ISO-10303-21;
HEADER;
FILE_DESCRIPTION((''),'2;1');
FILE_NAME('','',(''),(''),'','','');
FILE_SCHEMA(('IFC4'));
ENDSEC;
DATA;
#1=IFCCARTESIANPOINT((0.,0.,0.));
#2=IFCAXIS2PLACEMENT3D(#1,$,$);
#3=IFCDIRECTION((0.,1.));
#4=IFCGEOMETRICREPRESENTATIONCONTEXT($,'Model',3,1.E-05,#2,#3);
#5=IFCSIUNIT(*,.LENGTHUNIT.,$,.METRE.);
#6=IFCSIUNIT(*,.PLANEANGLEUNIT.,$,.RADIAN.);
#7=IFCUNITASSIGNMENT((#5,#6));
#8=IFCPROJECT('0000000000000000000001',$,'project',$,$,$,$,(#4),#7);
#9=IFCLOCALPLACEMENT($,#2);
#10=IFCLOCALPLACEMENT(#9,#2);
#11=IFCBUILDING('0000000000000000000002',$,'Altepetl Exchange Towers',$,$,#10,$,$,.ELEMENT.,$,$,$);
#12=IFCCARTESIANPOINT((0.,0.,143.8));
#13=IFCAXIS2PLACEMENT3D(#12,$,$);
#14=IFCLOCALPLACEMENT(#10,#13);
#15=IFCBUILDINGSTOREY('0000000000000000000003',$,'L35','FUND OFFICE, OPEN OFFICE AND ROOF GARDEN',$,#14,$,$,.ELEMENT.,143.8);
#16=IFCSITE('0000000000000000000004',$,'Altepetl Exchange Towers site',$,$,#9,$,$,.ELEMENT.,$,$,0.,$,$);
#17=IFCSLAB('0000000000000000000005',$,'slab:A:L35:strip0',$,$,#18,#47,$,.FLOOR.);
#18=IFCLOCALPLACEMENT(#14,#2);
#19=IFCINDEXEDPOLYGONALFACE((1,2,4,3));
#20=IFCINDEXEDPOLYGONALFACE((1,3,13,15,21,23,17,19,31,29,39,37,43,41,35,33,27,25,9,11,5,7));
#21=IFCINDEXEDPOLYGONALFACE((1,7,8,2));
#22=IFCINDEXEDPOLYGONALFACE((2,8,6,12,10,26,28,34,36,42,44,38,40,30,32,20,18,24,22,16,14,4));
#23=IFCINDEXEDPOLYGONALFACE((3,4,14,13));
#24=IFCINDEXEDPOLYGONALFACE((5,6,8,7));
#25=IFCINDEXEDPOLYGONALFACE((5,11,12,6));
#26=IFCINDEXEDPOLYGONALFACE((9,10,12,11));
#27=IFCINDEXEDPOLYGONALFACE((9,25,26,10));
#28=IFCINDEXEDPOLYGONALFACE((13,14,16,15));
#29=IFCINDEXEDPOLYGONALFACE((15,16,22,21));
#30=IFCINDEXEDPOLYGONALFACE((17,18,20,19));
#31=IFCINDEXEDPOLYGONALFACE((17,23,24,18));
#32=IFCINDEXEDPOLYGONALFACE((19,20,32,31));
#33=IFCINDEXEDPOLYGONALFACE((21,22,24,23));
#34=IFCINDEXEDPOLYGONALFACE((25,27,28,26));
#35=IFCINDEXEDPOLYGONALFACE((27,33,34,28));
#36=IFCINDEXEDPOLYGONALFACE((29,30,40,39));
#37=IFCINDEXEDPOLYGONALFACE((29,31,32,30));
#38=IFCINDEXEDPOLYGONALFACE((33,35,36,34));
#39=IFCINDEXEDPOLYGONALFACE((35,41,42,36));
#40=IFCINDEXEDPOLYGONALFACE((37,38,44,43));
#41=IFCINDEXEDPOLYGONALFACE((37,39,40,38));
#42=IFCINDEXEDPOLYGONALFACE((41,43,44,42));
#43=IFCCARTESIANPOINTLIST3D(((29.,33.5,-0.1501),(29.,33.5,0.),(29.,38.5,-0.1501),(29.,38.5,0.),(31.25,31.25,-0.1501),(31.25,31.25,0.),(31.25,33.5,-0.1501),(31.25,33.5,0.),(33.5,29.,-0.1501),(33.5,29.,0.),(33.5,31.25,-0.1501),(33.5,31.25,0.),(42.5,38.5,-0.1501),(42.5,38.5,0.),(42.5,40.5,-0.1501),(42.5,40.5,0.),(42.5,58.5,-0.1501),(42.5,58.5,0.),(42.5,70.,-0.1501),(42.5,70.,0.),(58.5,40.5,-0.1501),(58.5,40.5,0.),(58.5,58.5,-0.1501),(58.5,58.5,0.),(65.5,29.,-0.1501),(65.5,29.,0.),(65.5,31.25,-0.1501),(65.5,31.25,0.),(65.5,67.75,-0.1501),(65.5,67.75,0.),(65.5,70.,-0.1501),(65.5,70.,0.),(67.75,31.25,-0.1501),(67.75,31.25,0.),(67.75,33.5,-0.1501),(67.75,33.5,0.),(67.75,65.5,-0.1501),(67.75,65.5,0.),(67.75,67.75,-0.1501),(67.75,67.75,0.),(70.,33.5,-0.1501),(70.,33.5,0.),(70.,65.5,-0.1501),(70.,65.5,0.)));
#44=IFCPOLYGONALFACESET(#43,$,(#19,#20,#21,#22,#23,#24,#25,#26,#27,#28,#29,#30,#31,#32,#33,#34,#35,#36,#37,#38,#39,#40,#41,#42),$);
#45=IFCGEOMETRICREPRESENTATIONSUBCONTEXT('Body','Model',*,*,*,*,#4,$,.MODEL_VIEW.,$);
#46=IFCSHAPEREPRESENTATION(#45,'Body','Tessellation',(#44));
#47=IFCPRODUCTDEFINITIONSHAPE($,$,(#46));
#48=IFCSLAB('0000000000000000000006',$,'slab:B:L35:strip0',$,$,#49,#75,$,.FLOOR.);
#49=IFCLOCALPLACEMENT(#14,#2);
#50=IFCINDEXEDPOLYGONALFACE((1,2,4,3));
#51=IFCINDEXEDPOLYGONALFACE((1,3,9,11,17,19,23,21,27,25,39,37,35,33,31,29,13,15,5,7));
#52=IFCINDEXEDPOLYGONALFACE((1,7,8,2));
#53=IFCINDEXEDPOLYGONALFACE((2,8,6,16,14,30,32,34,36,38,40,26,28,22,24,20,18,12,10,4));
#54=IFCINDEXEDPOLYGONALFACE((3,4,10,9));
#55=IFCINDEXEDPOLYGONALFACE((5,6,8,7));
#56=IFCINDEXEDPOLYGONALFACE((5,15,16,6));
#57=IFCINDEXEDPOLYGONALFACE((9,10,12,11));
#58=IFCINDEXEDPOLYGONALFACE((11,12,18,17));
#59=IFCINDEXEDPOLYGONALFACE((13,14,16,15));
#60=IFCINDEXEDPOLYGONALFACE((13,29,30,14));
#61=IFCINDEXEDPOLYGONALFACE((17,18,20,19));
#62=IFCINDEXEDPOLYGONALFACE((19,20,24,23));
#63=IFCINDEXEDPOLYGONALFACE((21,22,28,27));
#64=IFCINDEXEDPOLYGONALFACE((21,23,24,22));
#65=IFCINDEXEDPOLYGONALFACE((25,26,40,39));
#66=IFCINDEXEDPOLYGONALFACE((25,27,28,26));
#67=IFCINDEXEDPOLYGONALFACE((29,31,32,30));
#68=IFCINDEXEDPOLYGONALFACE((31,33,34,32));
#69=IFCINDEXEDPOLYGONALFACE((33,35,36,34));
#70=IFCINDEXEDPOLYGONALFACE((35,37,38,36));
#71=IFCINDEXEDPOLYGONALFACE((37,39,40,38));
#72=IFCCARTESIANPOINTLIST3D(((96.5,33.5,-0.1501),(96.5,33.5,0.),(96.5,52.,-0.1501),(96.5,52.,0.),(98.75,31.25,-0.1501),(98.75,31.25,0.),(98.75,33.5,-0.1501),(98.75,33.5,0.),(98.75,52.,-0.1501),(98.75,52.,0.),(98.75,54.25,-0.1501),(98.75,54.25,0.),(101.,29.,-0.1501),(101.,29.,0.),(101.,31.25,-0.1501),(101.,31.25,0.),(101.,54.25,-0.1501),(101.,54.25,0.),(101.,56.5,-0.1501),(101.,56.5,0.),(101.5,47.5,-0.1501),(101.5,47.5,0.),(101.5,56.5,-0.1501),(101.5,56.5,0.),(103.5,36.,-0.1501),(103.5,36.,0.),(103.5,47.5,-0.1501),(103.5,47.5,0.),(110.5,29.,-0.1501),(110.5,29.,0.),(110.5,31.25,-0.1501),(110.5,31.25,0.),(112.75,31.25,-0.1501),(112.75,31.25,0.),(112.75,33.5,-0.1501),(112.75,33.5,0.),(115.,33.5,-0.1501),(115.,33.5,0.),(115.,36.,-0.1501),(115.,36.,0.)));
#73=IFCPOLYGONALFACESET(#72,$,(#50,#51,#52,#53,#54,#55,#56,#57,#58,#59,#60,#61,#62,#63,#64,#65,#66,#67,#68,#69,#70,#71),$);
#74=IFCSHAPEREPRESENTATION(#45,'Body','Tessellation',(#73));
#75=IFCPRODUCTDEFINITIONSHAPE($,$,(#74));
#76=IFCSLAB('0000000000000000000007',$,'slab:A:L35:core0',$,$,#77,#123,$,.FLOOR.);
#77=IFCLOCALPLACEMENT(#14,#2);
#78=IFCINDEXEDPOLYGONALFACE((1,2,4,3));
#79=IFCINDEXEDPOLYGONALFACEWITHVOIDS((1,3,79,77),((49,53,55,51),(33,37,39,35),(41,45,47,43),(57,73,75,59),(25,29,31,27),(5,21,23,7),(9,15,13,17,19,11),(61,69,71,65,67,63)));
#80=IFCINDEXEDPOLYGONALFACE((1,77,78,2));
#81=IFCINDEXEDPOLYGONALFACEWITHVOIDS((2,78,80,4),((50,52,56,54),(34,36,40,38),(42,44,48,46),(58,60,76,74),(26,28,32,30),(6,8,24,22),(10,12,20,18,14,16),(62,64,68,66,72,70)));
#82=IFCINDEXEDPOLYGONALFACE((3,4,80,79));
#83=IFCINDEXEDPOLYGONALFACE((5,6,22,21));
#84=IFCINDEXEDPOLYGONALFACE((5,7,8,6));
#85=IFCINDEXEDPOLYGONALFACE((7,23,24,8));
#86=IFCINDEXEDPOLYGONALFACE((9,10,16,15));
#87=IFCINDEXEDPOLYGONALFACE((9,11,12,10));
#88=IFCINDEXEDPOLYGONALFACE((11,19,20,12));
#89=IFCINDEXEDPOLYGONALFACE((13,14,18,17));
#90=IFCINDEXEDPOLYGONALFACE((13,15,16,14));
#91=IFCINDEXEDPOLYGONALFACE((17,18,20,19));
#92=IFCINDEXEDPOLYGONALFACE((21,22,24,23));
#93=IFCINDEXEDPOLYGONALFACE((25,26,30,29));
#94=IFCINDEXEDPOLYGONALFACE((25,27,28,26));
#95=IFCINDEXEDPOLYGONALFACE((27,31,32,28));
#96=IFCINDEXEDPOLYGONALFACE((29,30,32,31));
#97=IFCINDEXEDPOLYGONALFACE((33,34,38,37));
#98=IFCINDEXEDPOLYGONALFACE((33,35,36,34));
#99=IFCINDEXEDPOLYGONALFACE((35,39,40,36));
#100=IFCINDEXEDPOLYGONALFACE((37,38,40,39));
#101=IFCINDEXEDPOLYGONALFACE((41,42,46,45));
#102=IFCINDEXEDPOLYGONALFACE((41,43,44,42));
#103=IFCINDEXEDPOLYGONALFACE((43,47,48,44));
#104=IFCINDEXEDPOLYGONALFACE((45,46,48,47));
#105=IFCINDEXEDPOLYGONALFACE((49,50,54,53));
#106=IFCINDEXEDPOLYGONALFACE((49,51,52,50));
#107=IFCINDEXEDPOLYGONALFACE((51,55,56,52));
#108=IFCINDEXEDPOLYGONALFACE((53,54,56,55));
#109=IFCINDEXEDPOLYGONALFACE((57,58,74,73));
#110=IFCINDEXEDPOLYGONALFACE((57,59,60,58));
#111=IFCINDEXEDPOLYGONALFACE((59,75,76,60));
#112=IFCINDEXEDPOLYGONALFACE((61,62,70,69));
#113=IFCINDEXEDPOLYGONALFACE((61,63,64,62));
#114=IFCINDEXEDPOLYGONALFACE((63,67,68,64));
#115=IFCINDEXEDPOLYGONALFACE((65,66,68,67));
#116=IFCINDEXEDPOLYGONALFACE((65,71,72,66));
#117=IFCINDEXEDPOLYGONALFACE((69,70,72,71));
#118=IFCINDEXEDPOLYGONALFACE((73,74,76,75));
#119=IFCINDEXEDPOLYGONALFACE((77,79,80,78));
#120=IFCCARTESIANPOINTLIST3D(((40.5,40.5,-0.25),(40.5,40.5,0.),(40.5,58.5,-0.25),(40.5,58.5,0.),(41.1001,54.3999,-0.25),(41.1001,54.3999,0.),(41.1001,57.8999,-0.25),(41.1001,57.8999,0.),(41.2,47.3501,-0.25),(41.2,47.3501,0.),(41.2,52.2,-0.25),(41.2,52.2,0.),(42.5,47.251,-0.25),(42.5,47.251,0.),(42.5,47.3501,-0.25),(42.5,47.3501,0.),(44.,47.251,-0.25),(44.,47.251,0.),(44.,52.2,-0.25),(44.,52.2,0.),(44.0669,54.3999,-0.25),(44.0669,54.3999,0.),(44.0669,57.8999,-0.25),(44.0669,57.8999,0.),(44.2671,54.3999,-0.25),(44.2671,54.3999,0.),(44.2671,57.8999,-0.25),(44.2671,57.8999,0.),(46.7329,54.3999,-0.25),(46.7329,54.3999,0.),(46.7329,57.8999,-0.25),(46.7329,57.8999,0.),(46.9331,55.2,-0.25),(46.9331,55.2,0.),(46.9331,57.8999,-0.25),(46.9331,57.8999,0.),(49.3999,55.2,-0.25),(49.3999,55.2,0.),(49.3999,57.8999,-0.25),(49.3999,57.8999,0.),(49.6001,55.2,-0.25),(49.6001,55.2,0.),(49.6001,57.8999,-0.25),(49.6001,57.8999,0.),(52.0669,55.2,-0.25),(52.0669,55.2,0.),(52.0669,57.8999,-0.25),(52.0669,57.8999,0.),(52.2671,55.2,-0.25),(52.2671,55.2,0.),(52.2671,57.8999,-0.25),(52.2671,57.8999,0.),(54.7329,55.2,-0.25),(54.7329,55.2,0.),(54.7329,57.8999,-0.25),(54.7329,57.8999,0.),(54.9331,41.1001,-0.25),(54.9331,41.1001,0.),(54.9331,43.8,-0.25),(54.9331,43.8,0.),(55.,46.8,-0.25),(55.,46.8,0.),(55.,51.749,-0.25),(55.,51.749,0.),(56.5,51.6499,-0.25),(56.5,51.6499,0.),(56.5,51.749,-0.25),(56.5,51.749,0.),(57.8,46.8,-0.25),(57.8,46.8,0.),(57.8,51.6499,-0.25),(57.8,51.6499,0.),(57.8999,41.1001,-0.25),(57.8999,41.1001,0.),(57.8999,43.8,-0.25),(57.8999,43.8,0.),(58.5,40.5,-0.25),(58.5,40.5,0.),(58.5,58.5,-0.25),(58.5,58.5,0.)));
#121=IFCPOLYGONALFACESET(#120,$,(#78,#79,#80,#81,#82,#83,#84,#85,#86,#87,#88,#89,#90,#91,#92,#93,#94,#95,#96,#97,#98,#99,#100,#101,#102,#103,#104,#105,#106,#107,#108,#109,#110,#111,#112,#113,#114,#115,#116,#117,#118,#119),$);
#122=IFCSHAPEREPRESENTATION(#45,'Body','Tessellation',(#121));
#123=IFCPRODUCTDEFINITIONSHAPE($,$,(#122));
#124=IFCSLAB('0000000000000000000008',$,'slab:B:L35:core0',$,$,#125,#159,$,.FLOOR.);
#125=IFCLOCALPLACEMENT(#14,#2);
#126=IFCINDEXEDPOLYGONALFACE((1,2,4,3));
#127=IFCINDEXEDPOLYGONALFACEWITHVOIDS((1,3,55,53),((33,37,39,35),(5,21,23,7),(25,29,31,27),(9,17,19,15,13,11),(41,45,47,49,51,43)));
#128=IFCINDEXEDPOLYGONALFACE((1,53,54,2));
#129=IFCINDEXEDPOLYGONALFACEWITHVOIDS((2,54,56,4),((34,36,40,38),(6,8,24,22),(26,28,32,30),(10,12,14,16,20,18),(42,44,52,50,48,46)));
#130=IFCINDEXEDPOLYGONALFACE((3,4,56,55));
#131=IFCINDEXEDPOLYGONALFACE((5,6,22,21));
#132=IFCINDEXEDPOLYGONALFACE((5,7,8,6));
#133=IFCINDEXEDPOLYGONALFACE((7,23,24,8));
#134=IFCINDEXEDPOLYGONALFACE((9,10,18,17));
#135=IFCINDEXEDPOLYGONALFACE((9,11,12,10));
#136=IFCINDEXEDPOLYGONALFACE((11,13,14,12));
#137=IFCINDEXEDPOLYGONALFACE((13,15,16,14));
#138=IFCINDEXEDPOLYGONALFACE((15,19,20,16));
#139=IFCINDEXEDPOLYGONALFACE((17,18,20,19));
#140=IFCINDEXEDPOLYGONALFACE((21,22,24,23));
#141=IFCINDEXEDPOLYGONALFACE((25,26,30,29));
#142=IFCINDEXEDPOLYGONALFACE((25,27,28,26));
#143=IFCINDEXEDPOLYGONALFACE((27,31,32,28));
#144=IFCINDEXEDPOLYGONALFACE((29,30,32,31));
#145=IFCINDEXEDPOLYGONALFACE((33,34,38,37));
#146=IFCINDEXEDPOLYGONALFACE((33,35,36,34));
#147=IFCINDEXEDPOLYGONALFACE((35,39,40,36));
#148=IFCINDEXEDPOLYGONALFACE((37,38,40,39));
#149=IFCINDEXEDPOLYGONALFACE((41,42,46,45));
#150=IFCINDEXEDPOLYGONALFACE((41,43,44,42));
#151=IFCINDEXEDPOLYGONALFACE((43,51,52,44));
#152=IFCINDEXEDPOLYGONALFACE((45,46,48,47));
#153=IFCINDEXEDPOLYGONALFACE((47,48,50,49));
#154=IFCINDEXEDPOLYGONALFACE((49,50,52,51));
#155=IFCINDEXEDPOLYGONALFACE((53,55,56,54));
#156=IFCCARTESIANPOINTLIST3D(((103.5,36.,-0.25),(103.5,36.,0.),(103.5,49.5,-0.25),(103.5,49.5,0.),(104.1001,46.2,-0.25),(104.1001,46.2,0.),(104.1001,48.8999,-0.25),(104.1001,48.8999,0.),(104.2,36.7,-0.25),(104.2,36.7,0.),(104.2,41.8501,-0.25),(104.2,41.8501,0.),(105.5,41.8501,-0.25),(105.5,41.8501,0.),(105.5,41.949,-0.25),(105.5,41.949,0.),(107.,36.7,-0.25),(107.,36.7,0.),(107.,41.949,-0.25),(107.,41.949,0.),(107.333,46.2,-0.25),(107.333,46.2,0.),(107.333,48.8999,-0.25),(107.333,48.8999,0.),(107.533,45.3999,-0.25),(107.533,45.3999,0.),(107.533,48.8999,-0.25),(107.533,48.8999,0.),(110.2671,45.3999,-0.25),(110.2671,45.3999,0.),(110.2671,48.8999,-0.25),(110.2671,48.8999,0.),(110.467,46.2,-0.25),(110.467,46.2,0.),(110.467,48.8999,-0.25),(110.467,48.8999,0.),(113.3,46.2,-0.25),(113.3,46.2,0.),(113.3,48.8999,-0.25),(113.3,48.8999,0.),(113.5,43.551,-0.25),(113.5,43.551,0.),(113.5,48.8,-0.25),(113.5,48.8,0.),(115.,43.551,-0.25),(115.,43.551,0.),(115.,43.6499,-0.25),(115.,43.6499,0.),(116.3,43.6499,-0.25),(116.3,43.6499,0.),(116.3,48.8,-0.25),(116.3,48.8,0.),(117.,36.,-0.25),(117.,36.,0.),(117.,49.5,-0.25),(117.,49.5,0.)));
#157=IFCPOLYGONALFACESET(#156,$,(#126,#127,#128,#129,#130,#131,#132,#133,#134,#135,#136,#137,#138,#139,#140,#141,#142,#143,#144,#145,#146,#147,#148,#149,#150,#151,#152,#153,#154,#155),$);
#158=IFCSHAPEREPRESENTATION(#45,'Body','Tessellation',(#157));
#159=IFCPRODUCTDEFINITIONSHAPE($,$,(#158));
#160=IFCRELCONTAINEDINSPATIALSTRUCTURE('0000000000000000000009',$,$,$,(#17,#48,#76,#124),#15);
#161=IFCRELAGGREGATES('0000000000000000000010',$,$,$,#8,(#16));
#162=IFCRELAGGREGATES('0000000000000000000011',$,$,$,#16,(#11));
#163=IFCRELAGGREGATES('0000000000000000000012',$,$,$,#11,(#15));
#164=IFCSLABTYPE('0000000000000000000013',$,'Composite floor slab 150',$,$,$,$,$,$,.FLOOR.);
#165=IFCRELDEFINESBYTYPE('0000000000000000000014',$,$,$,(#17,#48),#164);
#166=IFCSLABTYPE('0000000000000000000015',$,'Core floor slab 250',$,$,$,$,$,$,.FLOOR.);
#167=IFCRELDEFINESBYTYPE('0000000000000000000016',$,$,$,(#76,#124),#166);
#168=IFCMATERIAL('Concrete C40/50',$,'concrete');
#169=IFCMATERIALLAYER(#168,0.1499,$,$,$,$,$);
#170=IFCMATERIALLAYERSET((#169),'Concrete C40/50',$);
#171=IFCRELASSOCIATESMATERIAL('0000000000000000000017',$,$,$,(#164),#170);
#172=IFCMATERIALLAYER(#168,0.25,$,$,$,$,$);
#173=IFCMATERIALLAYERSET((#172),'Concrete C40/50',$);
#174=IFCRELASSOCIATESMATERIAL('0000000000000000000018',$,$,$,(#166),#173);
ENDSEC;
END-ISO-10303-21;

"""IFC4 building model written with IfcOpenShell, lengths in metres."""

from ifc_helpers import new_model, si_unit, direction, frame, origin, place, context, subcontext, project, spatial, polyline, outline, extrude, material, layer, layer_set, type_object, element, save


model = new_model("IFC4")

# Units and contexts
model_context = context("Model", 3, precision=1e-05, world=origin(), true_north=direction((0.0, 1.0)))
body_context = subcontext(model_context, "Body", "Model", "MODEL_VIEW")
ifc_project = project(units=[si_unit("LENGTHUNIT", "METRE"), si_unit("PLANEANGLEUNIT", "RADIAN")], contexts=[model_context])

# Site, building, storey
site_placement = place(None, origin())
site = spatial("IfcSite", under=ifc_project, at=site_placement, Name="Altepetl Exchange Towers site", CompositionType="ELEMENT", RefElevation=0.0)
building_placement = place(site_placement, origin())
building = spatial("IfcBuilding", under=site, at=building_placement, Name="Altepetl Exchange Towers", CompositionType="ELEMENT")
storey_placement = place(building_placement, frame((0.0, 0.0, 143.8)))
storey = spatial("IfcBuildingStorey", under=building, at=storey_placement, Name="L35", Description="FUND OFFICE, OPEN OFFICE AND ROOF GARDEN", CompositionType="ELEMENT", Elevation=143.8)

# Slabs
ifc_material_1 = material(Name="Concrete C40/50", Category="concrete")
ifc_layer_1 = layer(ifc_material_1, 0.1499)
ifc_layer_set_1 = layer_set([ifc_layer_1], Name="Concrete C40/50")
slab_type_1 = type_object("IfcSlabType", Name="Composite floor slab 150", PredefinedType="FLOOR", material=ifc_layer_set_1)
slab_1_placement = place(storey_placement, frame((0.0, 0.0, -0.1501)))
element("IfcSlab", 1, at=slab_1_placement, inside=storey, type_object=slab_type_1, Name="slab:A:L35:strip0", PredefinedType="FLOOR", context=body_context, shape_type="SweptSolid", body=[
    extrude(outline(polyline([(42.5, 70.0), (42.5, 58.5), (58.5, 58.5), (58.5, 40.5), (42.5, 40.5), (42.5, 38.5), (29.0, 38.5), (29.0, 33.5), (31.25, 33.5), (31.25, 31.25), (33.5, 31.25), (33.5, 29.0), (65.5, 29.0), (65.5, 31.25), (67.75, 31.25), (67.75, 33.5), (70.0, 33.5), (70.0, 65.5), (67.75, 65.5), (67.75, 67.75), (65.5, 67.75), (65.5, 70.0), (42.5, 70.0)])), origin(), (0.0, 0.0, 1.0), 0.1501),
])
slab_2_placement = place(storey_placement, frame((0.0, 0.0, -0.1501)))
element("IfcSlab", 2, at=slab_2_placement, inside=storey, type_object=slab_type_1, Name="slab:B:L35:strip0", PredefinedType="FLOOR", context=body_context, shape_type="SweptSolid", body=[
    extrude(outline(polyline([(98.75, 31.25), (101.0, 31.25), (101.0, 29.0), (110.5, 29.0), (110.5, 31.25), (112.75, 31.25), (112.75, 33.5), (115.0, 33.5), (115.0, 36.0), (103.5, 36.0), (103.5, 47.5), (101.5, 47.5), (101.5, 56.5), (101.0, 56.5), (101.0, 54.25), (98.75, 54.25), (98.75, 52.0), (96.5, 52.0), (96.5, 33.5), (98.75, 33.5), (98.75, 31.25)])), origin(), (0.0, 0.0, 1.0), 0.1501),
])
ifc_layer_2 = layer(ifc_material_1, 0.25)
ifc_layer_set_2 = layer_set([ifc_layer_2], Name="Concrete C40/50")
slab_type_2 = type_object("IfcSlabType", Name="Core floor slab 250", PredefinedType="FLOOR", material=ifc_layer_set_2)
slab_3_placement = place(storey_placement, frame((0.0, 0.0, -0.25)))
element("IfcSlab", 3, at=slab_3_placement, inside=storey, type_object=slab_type_2, Name="slab:A:L35:core0", PredefinedType="FLOOR", context=body_context, shape_type="SweptSolid", body=[
    extrude(outline(polyline([(40.5, 40.5), (58.5, 40.5), (58.5, 58.5), (40.5, 58.5), (40.5, 40.5)]), holes=[polyline([(54.9331, 43.8), (57.8999, 43.8), (57.8999, 41.1001), (54.9331, 41.1001), (54.9331, 43.8)]), polyline([(55.0, 51.749), (56.5, 51.749), (56.5, 51.6499), (57.8, 51.6499), (57.8, 46.8), (55.0, 46.8), (55.0, 51.749)]), polyline([(44.0, 47.251), (42.5, 47.251), (42.5, 47.3501), (41.2, 47.3501), (41.2, 52.2), (44.0, 52.2), (44.0, 47.251)]), polyline([(41.1001, 57.8999), (44.0669, 57.8999), (44.0669, 54.3999), (41.1001, 54.3999), (41.1001, 57.8999)]), polyline([(44.2671, 57.8999), (46.7329, 57.8999), (46.7329, 54.3999), (44.2671, 54.3999), (44.2671, 57.8999)]), polyline([(46.9331, 57.8999), (49.3999, 57.8999), (49.3999, 55.2), (46.9331, 55.2), (46.9331, 57.8999)]), polyline([(49.6001, 57.8999), (52.0669, 57.8999), (52.0669, 55.2), (49.6001, 55.2), (49.6001, 57.8999)]), polyline([(52.2671, 57.8999), (54.7329, 57.8999), (54.7329, 55.2), (52.2671, 55.2), (52.2671, 57.8999)])]), origin(), (0.0, 0.0, 1.0), 0.25),
])
slab_4_placement = place(storey_placement, frame((0.0, 0.0, -0.25)))
element("IfcSlab", 4, at=slab_4_placement, inside=storey, type_object=slab_type_2, Name="slab:B:L35:core0", PredefinedType="FLOOR", context=body_context, shape_type="SweptSolid", body=[
    extrude(outline(polyline([(103.5, 36.0), (117.0, 36.0), (117.0, 49.5), (103.5, 49.5), (103.5, 36.0)]), holes=[polyline([(107.0, 36.7), (104.2, 36.7), (104.2, 41.8501), (105.5, 41.8501), (105.5, 41.949), (107.0, 41.949), (107.0, 36.7)]), polyline([(113.5, 48.8), (116.3, 48.8), (116.3, 43.6499), (115.0, 43.6499), (115.0, 43.551), (113.5, 43.551), (113.5, 48.8)]), polyline([(107.533, 45.3999), (107.533, 48.8999), (110.2671, 48.8999), (110.2671, 45.3999), (107.533, 45.3999)]), polyline([(104.1001, 48.8999), (107.333, 48.8999), (107.333, 46.2), (104.1001, 46.2), (104.1001, 48.8999)]), polyline([(110.467, 48.8999), (113.3, 48.8999), (113.3, 46.2), (110.467, 46.2), (110.467, 48.8999)])]), origin(), (0.0, 0.0, 1.0), 0.25),
])

save(model, "model.ifc")
